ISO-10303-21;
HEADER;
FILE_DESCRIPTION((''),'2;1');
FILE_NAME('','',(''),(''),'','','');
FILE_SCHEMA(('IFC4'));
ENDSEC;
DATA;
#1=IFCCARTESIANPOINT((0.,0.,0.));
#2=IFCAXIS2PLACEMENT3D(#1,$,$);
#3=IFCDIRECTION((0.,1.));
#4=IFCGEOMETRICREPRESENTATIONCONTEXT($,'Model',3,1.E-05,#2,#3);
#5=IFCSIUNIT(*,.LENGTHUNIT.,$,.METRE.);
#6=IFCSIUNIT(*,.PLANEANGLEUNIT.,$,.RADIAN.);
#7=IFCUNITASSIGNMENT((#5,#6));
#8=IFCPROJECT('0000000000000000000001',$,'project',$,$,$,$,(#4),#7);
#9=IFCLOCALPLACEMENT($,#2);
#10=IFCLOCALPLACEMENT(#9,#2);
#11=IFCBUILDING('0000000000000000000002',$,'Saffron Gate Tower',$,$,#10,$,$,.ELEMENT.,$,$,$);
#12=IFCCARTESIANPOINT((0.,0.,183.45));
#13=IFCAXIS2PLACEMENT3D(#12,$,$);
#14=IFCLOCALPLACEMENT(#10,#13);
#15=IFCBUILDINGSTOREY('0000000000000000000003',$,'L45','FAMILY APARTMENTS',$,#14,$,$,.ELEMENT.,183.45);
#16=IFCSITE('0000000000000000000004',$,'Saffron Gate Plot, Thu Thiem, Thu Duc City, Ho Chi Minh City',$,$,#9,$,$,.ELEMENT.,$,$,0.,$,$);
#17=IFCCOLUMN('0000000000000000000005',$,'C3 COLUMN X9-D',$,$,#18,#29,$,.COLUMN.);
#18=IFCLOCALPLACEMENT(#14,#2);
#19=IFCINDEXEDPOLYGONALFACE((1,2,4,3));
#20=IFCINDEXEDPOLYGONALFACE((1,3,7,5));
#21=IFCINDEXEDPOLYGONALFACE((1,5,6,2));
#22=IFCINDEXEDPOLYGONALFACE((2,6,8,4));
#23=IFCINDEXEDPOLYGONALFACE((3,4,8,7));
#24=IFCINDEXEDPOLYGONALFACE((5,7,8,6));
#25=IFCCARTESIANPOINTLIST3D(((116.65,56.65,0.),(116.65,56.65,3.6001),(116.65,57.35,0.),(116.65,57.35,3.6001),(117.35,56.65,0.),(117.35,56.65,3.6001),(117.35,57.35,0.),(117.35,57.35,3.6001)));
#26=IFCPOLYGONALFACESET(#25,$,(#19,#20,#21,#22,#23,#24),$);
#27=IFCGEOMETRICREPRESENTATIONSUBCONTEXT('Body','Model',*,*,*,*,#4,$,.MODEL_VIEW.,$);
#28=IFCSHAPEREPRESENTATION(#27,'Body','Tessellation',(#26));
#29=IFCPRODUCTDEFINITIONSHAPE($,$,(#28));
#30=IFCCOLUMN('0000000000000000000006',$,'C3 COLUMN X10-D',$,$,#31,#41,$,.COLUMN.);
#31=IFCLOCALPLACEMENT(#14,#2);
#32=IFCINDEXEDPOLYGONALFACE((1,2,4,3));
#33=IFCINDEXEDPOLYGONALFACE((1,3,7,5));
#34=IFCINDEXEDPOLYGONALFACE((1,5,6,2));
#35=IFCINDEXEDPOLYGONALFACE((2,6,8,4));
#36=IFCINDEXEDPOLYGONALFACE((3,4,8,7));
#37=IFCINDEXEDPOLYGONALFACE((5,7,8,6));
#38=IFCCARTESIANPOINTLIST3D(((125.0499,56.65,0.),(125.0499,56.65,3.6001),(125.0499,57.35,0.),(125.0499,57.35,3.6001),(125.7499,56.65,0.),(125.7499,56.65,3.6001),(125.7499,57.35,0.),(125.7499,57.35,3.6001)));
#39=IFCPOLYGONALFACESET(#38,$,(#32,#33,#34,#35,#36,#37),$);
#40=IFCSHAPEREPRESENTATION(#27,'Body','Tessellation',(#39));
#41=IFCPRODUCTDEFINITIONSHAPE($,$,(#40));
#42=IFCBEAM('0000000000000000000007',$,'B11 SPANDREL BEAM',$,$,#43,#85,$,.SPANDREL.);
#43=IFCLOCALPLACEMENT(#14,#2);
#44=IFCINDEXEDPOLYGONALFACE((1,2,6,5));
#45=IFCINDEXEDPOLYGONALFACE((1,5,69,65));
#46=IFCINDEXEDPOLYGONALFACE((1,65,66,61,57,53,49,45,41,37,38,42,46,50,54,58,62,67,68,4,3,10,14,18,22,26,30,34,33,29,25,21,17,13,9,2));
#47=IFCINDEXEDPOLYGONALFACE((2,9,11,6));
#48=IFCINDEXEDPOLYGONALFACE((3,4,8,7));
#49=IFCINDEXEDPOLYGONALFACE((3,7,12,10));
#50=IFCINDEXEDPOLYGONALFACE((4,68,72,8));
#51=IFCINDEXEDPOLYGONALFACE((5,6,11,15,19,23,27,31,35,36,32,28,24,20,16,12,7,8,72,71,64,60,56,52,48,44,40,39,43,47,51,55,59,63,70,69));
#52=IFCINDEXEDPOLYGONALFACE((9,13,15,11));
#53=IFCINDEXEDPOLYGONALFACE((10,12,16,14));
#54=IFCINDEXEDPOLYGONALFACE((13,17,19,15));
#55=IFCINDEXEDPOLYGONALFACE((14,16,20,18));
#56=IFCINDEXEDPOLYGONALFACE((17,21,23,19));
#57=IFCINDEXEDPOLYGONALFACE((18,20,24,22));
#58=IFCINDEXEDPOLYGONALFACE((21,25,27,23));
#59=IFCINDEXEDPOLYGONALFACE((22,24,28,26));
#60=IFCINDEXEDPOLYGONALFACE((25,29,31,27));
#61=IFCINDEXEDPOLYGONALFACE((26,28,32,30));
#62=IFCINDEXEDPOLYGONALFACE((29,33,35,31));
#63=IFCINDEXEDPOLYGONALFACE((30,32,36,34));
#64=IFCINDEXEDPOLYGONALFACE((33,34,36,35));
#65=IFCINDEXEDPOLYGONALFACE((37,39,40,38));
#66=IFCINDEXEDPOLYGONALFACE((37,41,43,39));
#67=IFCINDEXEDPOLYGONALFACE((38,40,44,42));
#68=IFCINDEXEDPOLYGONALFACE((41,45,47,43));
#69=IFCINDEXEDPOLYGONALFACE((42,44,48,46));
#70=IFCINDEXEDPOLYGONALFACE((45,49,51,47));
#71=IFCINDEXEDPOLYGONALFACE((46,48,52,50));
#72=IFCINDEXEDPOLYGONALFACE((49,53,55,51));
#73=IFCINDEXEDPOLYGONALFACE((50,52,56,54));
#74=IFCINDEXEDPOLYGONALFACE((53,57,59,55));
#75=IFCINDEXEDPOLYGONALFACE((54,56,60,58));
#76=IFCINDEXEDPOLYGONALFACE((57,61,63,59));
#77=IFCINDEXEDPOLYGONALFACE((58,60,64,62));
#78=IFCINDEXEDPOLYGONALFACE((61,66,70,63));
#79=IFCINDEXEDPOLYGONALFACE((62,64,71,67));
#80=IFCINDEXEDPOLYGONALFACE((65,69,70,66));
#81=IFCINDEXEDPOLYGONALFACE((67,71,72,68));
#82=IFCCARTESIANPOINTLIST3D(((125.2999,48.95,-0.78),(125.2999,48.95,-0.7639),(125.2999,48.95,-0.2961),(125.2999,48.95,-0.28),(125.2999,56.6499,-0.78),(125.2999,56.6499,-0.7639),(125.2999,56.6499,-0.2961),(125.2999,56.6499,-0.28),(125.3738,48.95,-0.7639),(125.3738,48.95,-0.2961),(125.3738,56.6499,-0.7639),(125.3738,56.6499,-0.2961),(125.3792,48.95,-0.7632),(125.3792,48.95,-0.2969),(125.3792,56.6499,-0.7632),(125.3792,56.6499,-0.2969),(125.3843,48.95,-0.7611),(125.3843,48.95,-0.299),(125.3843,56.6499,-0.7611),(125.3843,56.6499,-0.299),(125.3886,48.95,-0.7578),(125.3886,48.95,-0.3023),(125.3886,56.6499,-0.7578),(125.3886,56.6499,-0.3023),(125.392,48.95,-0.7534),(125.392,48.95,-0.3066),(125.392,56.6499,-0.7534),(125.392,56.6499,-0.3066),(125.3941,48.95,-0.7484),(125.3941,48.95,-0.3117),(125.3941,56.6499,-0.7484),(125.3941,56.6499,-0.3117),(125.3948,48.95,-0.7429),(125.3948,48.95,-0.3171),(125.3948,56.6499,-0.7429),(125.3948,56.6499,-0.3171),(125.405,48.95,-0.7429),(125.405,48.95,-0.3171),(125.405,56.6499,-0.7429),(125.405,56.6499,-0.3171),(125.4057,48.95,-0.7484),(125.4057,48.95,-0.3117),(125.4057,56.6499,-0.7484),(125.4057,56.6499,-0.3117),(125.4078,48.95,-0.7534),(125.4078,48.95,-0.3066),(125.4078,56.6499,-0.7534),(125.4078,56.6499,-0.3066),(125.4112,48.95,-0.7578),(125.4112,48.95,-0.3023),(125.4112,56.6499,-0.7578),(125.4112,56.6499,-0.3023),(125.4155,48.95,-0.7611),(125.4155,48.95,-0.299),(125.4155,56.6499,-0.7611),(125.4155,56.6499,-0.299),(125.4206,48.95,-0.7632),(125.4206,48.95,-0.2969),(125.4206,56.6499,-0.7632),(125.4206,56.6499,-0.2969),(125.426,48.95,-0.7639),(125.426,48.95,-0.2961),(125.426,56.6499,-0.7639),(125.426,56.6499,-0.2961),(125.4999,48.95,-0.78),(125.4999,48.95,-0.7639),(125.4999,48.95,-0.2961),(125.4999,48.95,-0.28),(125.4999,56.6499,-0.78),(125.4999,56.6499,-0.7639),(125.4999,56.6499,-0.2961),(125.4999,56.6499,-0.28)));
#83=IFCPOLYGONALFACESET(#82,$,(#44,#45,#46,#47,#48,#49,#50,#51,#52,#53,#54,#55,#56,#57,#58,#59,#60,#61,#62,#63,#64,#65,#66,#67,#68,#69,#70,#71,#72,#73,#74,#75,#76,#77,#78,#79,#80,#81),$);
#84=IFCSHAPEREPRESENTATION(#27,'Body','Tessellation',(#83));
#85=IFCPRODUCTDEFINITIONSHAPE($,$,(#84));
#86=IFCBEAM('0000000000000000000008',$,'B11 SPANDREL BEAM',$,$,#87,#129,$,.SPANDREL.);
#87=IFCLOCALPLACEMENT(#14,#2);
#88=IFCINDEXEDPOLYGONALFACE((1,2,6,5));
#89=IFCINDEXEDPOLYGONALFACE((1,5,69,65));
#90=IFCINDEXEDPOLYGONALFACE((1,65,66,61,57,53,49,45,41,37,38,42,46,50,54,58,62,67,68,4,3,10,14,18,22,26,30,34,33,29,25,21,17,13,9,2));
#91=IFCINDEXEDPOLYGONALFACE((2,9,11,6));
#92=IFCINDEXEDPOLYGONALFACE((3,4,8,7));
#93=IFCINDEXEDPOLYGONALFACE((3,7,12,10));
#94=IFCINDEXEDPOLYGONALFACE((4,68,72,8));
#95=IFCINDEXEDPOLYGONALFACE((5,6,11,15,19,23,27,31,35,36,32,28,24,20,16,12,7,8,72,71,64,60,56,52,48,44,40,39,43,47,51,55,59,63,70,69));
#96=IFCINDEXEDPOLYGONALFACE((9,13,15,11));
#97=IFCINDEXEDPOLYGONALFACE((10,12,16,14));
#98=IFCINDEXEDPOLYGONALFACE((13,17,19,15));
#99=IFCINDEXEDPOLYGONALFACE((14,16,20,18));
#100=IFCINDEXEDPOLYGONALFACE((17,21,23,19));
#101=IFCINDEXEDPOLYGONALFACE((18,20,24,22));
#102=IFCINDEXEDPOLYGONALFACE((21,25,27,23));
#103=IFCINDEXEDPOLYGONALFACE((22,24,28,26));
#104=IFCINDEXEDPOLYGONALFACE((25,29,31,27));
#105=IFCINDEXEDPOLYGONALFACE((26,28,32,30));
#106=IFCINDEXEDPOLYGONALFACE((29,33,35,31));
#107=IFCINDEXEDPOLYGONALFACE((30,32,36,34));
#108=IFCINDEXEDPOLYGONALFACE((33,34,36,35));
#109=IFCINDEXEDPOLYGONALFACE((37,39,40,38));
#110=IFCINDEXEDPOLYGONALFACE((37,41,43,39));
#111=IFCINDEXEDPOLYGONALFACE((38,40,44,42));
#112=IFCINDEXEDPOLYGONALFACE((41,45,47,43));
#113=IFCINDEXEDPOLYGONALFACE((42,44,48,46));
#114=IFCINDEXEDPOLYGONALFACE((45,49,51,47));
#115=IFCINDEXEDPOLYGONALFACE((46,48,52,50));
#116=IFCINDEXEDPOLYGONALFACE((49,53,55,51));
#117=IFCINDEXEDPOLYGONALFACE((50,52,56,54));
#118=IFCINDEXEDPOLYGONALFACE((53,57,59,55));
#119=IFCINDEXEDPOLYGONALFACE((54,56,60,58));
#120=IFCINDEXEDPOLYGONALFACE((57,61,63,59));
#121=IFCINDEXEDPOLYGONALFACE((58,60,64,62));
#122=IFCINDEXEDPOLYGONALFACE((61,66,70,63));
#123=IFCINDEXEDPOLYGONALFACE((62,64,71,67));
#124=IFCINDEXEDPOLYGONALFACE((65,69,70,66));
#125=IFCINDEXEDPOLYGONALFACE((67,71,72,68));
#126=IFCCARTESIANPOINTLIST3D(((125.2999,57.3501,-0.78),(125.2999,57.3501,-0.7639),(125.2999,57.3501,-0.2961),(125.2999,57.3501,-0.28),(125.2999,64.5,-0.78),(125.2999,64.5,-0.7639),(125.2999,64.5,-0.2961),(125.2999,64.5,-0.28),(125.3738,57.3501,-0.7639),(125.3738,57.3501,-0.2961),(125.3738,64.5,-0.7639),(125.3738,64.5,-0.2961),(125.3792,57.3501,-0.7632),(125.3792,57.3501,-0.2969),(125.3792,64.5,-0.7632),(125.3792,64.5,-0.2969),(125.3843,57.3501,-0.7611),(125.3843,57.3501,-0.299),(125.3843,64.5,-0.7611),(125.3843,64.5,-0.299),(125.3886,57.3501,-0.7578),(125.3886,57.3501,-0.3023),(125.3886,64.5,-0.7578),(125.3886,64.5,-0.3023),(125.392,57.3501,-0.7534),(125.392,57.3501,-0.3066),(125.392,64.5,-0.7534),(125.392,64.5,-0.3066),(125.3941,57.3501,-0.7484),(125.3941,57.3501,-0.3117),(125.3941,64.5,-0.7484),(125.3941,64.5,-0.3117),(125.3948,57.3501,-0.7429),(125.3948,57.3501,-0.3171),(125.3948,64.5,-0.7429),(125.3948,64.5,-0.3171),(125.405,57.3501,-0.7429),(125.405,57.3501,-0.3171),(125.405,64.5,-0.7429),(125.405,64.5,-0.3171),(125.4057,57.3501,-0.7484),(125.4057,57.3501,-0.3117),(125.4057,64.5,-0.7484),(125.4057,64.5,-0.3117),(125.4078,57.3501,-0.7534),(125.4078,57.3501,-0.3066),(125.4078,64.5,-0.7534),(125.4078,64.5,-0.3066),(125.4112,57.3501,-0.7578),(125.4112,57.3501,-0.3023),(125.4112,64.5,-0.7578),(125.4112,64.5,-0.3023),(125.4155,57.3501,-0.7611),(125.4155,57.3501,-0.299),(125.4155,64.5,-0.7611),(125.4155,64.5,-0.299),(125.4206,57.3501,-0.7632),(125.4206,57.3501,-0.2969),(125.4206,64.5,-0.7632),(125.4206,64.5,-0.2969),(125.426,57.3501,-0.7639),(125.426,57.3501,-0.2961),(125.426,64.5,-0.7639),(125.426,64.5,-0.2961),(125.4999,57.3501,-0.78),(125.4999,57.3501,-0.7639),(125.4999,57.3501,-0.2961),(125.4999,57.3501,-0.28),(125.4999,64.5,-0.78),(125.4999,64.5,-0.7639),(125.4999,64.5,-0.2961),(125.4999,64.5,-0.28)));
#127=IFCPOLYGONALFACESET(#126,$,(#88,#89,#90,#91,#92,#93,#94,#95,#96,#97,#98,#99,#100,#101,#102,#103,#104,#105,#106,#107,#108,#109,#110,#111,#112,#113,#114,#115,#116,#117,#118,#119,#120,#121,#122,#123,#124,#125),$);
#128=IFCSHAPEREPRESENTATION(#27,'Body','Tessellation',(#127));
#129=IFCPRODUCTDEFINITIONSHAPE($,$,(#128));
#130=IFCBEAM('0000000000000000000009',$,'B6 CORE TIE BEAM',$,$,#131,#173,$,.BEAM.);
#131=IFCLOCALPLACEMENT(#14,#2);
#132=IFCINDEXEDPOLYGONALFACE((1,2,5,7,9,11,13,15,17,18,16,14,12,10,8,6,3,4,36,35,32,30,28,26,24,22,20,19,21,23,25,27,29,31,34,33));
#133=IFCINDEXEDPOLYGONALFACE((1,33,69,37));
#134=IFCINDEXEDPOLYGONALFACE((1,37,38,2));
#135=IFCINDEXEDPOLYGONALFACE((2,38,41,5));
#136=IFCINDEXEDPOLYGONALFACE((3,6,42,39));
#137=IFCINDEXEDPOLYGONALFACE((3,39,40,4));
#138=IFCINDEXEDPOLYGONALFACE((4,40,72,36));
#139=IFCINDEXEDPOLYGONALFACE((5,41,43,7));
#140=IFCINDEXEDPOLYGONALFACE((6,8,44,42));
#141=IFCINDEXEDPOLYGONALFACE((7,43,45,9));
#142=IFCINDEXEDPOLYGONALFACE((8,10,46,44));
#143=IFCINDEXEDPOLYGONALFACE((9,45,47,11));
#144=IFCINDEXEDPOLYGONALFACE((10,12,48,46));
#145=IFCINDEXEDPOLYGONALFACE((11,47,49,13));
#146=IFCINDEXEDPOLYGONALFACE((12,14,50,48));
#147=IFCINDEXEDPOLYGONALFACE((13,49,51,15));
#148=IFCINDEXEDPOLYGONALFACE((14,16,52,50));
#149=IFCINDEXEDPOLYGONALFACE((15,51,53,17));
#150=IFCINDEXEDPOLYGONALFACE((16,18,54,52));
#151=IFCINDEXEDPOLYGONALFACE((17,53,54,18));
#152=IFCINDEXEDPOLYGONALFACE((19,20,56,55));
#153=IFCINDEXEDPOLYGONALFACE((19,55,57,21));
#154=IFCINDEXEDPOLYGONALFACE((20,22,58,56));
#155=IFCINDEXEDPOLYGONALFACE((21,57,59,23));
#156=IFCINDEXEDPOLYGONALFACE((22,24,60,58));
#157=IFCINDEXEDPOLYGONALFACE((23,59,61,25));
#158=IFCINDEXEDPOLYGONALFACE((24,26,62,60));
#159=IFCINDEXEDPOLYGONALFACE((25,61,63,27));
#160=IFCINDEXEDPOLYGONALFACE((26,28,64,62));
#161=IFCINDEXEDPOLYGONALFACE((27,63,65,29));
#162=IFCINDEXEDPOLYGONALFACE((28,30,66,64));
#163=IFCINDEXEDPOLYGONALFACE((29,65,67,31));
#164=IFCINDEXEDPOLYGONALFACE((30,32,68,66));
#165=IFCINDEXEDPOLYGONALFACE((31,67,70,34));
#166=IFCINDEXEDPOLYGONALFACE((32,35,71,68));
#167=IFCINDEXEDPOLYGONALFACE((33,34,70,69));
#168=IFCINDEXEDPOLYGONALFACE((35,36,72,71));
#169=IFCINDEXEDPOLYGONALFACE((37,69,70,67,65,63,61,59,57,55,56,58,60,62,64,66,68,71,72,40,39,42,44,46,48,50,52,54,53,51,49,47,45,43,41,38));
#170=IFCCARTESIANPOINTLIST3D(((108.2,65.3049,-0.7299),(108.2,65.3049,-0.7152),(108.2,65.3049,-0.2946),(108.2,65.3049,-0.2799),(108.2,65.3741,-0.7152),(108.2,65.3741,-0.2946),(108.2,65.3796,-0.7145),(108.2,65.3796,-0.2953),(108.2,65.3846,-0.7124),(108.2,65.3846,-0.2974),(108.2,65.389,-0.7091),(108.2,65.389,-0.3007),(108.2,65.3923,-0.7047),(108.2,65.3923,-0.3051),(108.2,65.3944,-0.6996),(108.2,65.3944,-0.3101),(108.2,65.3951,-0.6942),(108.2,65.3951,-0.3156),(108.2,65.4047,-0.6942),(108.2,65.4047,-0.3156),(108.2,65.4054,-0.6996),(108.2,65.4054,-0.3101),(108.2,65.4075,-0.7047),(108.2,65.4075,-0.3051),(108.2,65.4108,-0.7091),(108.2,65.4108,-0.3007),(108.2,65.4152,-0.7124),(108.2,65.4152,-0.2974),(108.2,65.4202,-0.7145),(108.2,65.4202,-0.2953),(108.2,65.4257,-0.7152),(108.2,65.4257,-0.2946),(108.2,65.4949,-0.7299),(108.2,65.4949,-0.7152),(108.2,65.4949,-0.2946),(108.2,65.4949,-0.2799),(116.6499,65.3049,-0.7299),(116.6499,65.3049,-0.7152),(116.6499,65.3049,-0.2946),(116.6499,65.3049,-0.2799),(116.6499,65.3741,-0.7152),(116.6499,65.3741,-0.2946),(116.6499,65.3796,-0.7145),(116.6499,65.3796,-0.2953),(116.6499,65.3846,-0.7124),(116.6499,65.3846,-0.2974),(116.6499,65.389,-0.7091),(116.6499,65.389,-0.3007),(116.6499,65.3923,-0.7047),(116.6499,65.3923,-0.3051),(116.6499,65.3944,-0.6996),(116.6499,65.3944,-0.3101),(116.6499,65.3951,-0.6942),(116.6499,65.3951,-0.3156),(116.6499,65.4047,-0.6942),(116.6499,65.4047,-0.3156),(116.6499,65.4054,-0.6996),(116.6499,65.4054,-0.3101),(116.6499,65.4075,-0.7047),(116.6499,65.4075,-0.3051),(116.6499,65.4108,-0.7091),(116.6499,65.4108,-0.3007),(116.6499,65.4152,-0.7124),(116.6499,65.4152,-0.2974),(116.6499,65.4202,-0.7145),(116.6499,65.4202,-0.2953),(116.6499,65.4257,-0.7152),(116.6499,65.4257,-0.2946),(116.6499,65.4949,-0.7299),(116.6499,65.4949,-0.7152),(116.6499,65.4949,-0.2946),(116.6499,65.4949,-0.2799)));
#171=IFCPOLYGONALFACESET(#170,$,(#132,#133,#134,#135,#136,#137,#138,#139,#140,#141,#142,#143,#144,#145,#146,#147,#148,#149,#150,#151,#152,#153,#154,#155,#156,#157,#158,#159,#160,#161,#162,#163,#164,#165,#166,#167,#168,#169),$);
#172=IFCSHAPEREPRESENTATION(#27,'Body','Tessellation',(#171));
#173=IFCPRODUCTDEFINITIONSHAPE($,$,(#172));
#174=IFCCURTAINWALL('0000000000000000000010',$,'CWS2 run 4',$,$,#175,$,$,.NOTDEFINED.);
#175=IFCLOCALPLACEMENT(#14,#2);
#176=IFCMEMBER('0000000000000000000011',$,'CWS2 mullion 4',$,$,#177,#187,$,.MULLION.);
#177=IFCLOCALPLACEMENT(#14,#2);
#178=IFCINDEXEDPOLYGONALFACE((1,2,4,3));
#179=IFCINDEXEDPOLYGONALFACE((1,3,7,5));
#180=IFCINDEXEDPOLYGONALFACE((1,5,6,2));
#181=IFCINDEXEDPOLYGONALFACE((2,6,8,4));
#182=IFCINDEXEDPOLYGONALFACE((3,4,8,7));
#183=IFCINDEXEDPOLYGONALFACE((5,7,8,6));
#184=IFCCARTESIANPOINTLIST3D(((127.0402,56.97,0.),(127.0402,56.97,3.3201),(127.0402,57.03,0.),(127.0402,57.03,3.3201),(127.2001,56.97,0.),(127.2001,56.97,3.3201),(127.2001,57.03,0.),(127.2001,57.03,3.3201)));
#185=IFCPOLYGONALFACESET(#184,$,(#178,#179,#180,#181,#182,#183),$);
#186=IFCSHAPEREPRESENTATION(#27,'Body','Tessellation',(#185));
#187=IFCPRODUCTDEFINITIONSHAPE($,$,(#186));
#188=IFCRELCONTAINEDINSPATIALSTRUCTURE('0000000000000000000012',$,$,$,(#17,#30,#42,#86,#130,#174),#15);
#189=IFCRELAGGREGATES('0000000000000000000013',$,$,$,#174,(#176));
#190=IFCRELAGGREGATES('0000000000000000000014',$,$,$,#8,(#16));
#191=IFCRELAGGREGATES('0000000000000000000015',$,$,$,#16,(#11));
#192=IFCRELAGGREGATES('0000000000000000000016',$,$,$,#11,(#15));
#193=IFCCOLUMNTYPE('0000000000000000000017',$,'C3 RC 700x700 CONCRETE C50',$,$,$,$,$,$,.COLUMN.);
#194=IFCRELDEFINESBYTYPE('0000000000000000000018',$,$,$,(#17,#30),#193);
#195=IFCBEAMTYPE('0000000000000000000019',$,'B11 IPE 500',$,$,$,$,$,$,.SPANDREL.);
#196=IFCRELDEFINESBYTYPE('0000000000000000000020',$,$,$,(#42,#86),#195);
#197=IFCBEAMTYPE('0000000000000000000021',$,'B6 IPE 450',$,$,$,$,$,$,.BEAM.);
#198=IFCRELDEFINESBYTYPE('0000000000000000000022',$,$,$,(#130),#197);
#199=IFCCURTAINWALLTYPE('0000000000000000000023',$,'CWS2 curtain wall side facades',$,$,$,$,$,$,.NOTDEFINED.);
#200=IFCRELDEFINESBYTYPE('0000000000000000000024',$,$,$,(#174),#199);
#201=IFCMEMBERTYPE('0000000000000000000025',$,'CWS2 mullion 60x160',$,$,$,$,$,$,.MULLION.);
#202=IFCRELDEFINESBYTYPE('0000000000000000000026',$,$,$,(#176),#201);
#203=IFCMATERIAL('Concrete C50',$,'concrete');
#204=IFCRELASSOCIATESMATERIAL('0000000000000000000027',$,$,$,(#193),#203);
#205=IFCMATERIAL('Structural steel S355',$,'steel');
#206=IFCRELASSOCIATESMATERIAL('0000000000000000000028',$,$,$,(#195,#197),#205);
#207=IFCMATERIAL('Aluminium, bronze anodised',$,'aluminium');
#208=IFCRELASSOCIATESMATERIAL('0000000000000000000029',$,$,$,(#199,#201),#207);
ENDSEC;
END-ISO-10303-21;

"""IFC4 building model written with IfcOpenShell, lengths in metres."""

from ifc_helpers import new_model, si_unit, direction, frame, origin, origin_2d, place, context, subcontext, project, spatial, rectangle, i_section, extrude, material, material_profile, profile_set, type_object, element, aggregate, save


model = new_model("IFC4")

# Units and contexts
model_context = context("Model", 3, precision=1e-05, world=origin(), true_north=direction((0.0, 1.0)))
body_context = subcontext(model_context, "Body", "Model", "MODEL_VIEW")
ifc_project = project(units=[si_unit("LENGTHUNIT", "METRE"), si_unit("PLANEANGLEUNIT", "RADIAN")], contexts=[model_context])

# Site, building, storey
site_placement = place(None, origin())
site = spatial("IfcSite", under=ifc_project, at=site_placement, Name="Saffron Gate Plot, Thu Thiem, Thu Duc City, Ho Chi Minh City", CompositionType="ELEMENT", RefElevation=0.0)
building_placement = place(site_placement, origin())
building = spatial("IfcBuilding", under=site, at=building_placement, Name="Saffron Gate Tower", CompositionType="ELEMENT")
storey_placement = place(building_placement, frame((0.0, 0.0, 183.45)))
storey = spatial("IfcBuildingStorey", under=building, at=storey_placement, Name="L45", Description="FAMILY APARTMENTS", CompositionType="ELEMENT", Elevation=183.45)

# Columns
ifc_material_1 = material(Name="Concrete C50", Category="concrete")
ifc_material_profile_1 = material_profile(ifc_material_1, rectangle(XDim=0.7, YDim=0.7, at=origin_2d()))
ifc_profile_set_1 = profile_set([ifc_material_profile_1], Name="Concrete C50")
column_type = type_object("IfcColumnType", Name="C3 RC 700x700 CONCRETE C50", PredefinedType="COLUMN", material=ifc_profile_set_1)
for number, where, z_axis, x_axis, name in (
    (1, (117.0, 57.0, 0.0), (0.0, 0.0, 1.0), (1.0, 0.0, 0.0), "C3 COLUMN X9-D"),
    (2, (125.3999, 57.0, 0.0), (0.0, 0.0, 1.0), (1.0, 0.0, 0.0), "C3 COLUMN X10-D"),
):
    element("IfcColumn", number, at=place(storey_placement, frame(where, z_axis=z_axis, x_axis=x_axis)), inside=storey, type_object=column_type, Name=name, PredefinedType="COLUMN", context=body_context, shape_type="SweptSolid", body=[
        extrude(rectangle(XDim=0.7, YDim=0.7, at=origin_2d()), origin(), (0.0, 0.0, 1.0), 3.6001),
    ])

# Beams
ifc_material_2 = material(Name="Structural steel S355", Category="steel")
ifc_material_profile_2 = material_profile(ifc_material_2, i_section(OverallWidth=0.2, OverallDepth=0.5, WebThickness=0.0103, FlangeThickness=0.0161, FilletRadius=0.021, at=origin_2d()))
ifc_profile_set_2 = profile_set([ifc_material_profile_2], Name="Structural steel S355")
beam_type_1 = type_object("IfcBeamType", Name="B11 IPE 500", PredefinedType="SPANDREL", material=ifc_profile_set_2)
beam_1_placement = place(storey_placement, frame((125.3999, 48.95, -0.53), z_axis=(0.0, 1.0, 0.0), x_axis=(-1.0, 0.0, 0.0)))
element("IfcBeam", 3, at=beam_1_placement, inside=storey, type_object=beam_type_1, Name="B11 SPANDREL BEAM", PredefinedType="SPANDREL", context=body_context, shape_type="SweptSolid", body=[
    extrude(i_section(OverallWidth=0.2, OverallDepth=0.5, WebThickness=0.0103, FlangeThickness=0.0161, FilletRadius=0.021, at=origin_2d()), origin(), (0.0, 0.0, 1.0), 7.7),
])
beam_2_placement = place(storey_placement, frame((125.3999, 57.3501, -0.53), z_axis=(0.0, 1.0, 0.0), x_axis=(-1.0, 0.0, 0.0)))
element("IfcBeam", 4, at=beam_2_placement, inside=storey, type_object=beam_type_1, Name="B11 SPANDREL BEAM", PredefinedType="SPANDREL", context=body_context, shape_type="SweptSolid", body=[
    extrude(i_section(OverallWidth=0.2, OverallDepth=0.5, WebThickness=0.0103, FlangeThickness=0.0161, FilletRadius=0.021, at=origin_2d()), origin(), (0.0, 0.0, 1.0), 7.1499),
])
ifc_material_profile_3 = material_profile(ifc_material_2, i_section(OverallWidth=0.1899, OverallDepth=0.45, WebThickness=0.0095, FlangeThickness=0.0146, FilletRadius=0.021, at=origin_2d()))
ifc_profile_set_3 = profile_set([ifc_material_profile_3], Name="Structural steel S355")
beam_type_2 = type_object("IfcBeamType", Name="B6 IPE 450", PredefinedType="BEAM", material=ifc_profile_set_3)
beam_3_placement = place(storey_placement, frame((116.6499, 65.3999, -0.5049), z_axis=(-1.0, 0.0, 0.0), x_axis=(0.0, -1.0, 0.0)))
element("IfcBeam", 5, at=beam_3_placement, inside=storey, type_object=beam_type_2, Name="B6 CORE TIE BEAM", PredefinedType="BEAM", context=body_context, shape_type="SweptSolid", body=[
    extrude(i_section(OverallWidth=0.1899, OverallDepth=0.45, WebThickness=0.0095, FlangeThickness=0.0146, FilletRadius=0.021, at=origin_2d()), origin(), (0.0, 0.0, 1.0), 8.45),
])

# Curtain wall, member
ifc_material_3 = material(Name="Aluminium, bronze anodised", Category="aluminium")
curtain_wall_type = type_object("IfcCurtainWallType", Name="CWS2 curtain wall side facades", PredefinedType="NOTDEFINED", material=ifc_material_3)
curtain_wall_placement = place(storey_placement, origin())
curtain_wall = element("IfcCurtainWall", 6, at=curtain_wall_placement, inside=storey, type_object=curtain_wall_type, Name="CWS2 run 4", PredefinedType="NOTDEFINED")
ifc_material_profile_4 = material_profile(ifc_material_3, rectangle(XDim=0.1599, YDim=0.0601, at=origin_2d()))
ifc_profile_set_4 = profile_set([ifc_material_profile_4], Name="Aluminium, bronze anodised")
member_type = type_object("IfcMemberType", Name="CWS2 mullion 60x160", PredefinedType="MULLION", material=ifc_profile_set_4)
member_placement = place(storey_placement, frame((127.1201, 57.0, 0.0), z_axis=(0.0, 0.0, 1.0), x_axis=(-1.0, 0.0, 0.0)))
member = element("IfcMember", 7, at=member_placement, type_object=member_type, Name="CWS2 mullion 4", PredefinedType="MULLION", context=body_context, shape_type="SweptSolid", body=[
    extrude(rectangle(XDim=0.1599, YDim=0.0601, at=origin_2d()), origin(), (0.0, 0.0, 1.0), 3.3201),
])
aggregate(curtain_wall, [member])

save(model, "model.ifc")
